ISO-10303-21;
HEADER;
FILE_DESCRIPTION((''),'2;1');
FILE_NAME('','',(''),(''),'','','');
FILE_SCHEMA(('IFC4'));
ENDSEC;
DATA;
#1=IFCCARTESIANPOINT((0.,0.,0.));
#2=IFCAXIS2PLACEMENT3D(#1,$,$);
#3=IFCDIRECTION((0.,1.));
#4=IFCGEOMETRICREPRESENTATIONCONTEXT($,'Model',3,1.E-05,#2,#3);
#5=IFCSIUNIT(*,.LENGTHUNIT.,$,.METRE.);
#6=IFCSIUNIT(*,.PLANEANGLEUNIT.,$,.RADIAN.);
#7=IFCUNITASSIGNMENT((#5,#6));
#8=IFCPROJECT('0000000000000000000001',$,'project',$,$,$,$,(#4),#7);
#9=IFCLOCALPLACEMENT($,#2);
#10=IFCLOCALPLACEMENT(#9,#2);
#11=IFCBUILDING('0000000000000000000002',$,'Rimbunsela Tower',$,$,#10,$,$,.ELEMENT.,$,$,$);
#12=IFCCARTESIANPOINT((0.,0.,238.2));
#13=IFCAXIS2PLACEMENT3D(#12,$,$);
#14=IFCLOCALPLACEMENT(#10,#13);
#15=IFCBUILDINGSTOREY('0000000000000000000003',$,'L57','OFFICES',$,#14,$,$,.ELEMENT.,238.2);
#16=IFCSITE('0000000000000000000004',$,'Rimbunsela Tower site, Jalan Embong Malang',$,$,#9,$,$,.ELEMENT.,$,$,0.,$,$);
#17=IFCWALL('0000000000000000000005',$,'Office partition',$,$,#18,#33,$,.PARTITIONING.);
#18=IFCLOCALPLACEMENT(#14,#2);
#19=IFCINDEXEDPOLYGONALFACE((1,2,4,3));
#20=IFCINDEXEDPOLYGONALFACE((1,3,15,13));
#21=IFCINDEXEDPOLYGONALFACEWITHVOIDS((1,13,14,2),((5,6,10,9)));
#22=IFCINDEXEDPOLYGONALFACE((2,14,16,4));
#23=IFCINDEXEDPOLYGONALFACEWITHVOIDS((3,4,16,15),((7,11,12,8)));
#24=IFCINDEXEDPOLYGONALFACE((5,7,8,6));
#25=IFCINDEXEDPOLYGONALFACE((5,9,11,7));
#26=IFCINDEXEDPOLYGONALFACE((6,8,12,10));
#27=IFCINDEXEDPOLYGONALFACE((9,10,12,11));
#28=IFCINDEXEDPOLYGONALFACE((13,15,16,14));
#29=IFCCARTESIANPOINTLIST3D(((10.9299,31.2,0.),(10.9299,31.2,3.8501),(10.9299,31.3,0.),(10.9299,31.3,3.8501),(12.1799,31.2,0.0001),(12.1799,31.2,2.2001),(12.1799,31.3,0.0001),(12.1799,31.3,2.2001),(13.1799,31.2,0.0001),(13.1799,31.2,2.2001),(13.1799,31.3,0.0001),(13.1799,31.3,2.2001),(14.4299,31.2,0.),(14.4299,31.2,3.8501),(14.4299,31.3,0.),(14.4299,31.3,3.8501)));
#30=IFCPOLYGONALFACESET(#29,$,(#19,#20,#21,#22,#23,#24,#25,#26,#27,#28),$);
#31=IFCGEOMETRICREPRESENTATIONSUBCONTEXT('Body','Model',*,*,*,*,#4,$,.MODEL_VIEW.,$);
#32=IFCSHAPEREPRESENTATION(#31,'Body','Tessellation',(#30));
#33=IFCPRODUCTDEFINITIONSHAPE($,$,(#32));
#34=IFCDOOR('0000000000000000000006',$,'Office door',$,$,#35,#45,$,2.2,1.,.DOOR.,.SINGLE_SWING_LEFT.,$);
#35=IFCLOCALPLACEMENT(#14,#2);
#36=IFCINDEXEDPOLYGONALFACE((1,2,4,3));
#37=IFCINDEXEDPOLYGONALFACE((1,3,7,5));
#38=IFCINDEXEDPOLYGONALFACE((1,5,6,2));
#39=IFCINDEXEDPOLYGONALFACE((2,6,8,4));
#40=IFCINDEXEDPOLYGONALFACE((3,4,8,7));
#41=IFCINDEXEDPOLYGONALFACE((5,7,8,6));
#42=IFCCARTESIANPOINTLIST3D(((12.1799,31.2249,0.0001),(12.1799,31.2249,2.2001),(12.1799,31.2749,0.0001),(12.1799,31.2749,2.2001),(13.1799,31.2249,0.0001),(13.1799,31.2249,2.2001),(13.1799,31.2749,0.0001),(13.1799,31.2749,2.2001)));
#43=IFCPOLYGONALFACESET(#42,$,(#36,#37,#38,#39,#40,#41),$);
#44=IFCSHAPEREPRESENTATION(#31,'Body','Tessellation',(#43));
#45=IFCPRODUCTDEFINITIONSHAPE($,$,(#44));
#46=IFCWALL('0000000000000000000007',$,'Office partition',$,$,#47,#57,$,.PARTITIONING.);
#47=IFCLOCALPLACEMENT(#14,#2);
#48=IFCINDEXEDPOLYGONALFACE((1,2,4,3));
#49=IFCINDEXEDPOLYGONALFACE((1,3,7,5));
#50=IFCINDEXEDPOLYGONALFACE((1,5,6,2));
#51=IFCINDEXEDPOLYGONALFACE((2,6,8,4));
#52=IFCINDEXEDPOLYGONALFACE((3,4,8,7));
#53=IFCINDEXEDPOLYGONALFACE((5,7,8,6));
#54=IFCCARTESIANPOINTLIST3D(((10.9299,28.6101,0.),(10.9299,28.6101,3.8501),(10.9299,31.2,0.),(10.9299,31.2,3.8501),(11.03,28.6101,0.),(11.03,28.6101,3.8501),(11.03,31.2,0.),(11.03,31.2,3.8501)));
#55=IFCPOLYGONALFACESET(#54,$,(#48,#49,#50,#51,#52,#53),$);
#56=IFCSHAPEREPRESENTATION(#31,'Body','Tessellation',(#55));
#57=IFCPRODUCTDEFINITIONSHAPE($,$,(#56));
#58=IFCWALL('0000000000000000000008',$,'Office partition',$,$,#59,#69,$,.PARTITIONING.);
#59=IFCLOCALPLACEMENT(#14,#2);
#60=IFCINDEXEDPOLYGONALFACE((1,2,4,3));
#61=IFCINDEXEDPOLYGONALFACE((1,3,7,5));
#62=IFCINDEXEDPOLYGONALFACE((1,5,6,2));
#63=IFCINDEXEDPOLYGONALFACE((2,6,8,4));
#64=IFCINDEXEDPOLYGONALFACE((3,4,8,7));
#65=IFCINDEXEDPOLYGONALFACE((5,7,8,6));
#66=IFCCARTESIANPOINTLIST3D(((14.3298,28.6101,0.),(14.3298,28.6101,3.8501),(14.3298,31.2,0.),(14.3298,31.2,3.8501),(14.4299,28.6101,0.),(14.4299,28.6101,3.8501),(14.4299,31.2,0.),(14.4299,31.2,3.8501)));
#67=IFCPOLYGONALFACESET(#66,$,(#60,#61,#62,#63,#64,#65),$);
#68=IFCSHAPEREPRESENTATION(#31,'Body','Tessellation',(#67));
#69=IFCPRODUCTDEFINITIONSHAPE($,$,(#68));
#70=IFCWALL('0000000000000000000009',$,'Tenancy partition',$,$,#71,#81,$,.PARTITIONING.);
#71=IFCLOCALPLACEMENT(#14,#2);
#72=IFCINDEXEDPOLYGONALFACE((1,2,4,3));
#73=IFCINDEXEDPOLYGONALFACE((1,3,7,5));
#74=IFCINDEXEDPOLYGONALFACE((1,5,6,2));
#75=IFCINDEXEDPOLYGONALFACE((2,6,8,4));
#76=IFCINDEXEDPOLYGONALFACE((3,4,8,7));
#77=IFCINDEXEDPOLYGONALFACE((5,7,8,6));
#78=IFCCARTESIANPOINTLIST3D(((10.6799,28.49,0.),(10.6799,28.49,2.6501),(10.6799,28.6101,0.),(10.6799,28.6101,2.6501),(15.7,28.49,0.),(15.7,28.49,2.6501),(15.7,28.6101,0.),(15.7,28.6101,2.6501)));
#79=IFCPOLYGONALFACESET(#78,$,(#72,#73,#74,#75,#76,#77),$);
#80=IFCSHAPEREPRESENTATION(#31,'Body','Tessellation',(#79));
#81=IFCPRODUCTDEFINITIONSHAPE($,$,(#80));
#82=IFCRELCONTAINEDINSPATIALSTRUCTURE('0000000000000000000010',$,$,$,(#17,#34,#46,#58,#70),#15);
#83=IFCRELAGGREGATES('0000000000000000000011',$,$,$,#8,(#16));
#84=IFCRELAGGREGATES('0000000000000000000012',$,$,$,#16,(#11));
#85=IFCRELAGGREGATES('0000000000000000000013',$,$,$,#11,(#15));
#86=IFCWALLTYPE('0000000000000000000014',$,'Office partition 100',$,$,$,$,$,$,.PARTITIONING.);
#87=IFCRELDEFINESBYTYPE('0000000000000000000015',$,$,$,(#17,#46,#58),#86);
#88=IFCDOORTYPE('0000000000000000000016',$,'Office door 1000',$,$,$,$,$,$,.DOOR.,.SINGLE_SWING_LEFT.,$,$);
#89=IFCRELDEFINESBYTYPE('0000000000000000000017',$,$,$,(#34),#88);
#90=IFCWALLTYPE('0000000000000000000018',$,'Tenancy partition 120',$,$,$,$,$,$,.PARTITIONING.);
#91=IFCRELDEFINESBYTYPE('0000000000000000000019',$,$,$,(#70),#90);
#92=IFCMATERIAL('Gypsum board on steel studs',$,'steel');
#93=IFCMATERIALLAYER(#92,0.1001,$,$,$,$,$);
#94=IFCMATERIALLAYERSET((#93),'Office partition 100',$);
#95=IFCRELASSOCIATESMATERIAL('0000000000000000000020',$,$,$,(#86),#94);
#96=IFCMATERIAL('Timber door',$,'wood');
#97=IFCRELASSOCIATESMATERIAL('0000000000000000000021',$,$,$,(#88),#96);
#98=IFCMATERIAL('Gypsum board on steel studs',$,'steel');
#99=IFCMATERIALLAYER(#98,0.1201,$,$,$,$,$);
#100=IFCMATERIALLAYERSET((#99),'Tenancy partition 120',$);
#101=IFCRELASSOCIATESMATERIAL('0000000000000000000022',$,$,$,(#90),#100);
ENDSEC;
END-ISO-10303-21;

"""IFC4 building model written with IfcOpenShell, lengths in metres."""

from ifc_helpers import new_model, si_unit, direction, frame, frame_2d, origin, place, context, subcontext, project, spatial, rectangle, extrude, material, layer, layer_set, type_object, element, fill, save


model = new_model("IFC4")

# Units and contexts
model_context = context("Model", 3, precision=1e-05, world=origin(), true_north=direction((0.0, 1.0)))
body_context = subcontext(model_context, "Body", "Model", "MODEL_VIEW")
ifc_project = project(units=[si_unit("LENGTHUNIT", "METRE"), si_unit("PLANEANGLEUNIT", "RADIAN")], contexts=[model_context])

# Site, building, storey
site_placement = place(None, origin())
site = spatial("IfcSite", under=ifc_project, at=site_placement, Name="Rimbunsela Tower site, Jalan Embong Malang", CompositionType="ELEMENT", RefElevation=0.0)
building_placement = place(site_placement, origin())
building = spatial("IfcBuilding", under=site, at=building_placement, Name="Rimbunsela Tower", CompositionType="ELEMENT")
storey_placement = place(building_placement, frame((0.0, 0.0, 238.2)))
storey = spatial("IfcBuildingStorey", under=building, at=storey_placement, Name="L57", Description="OFFICES", CompositionType="ELEMENT", Elevation=238.2)

# Wall, opening, door
ifc_material_1 = material(Name="Gypsum board on steel studs", Category="steel")
ifc_layer_1 = layer(ifc_material_1, 0.1001)
ifc_layer_set_1 = layer_set([ifc_layer_1], Name="Office partition 100")
wall_type_1 = type_object("IfcWallType", Name="Office partition 100", PredefinedType="PARTITIONING", material=ifc_layer_set_1)
wall_1_placement = place(storey_placement, frame((10.9299, 31.25, 0.0), z_axis=(0.0, 0.0, 1.0), x_axis=(1.0, 0.0, 0.0)))
wall_1 = element("IfcWall", 1, at=wall_1_placement, inside=storey, type_object=wall_type_1, Name="Office partition", PredefinedType="PARTITIONING", context=body_context, shape_type="SweptSolid", body=[
    extrude(rectangle(XDim=3.5, YDim=0.1001, at=frame_2d((1.75, 0.0))), origin(), (0.0, 0.0, 1.0), 3.8501),
])
opening_1_placement = place(wall_1_placement, frame((1.25, 0.0, 0.0)))
opening_1 = element("IfcOpeningElement", 2, at=opening_1_placement, cuts=wall_1, PredefinedType="OPENING", context=body_context, shape_type="SweptSolid", body=[
    extrude(rectangle(XDim=1.0, YDim=2.2, at=frame_2d((0.5, 1.1001))), frame((0.0, 0.0601, 0.0), z_axis=(0.0, -1.0, 0.0), x_axis=(1.0, 0.0, 0.0)), (0.0, 0.0, 1.0), 0.1201),
])
ifc_material_2 = material(Name="Timber door", Category="wood")
door_type_1 = type_object("IfcDoorType", Name="Office door 1000", OperationType="SINGLE_SWING_LEFT", PredefinedType="DOOR", material=ifc_material_2)
door_1_placement = place(opening_1_placement, origin())
door_1 = element("IfcDoor", 3, at=door_1_placement, inside=storey, type_object=door_type_1, Name="Office door", OperationType="SINGLE_SWING_LEFT", OverallHeight=2.2, OverallWidth=1.0, PredefinedType="DOOR", context=body_context, shape_type="SweptSolid", body=[
    extrude(rectangle(XDim=1.0, YDim=2.2, at=frame_2d((0.5, 1.1001))), frame((0.0, 0.0249, 0.0), z_axis=(0.0, -1.0, 0.0), x_axis=(1.0, 0.0, 0.0)), (0.0, 0.0, 1.0), 0.05),
])
fill(opening_1, door_1)

# Walls
for number, where, z_axis, x_axis, name in (
    (4, (10.98, 28.6101, 0.0), (0.0, 0.0, 1.0), (0.0, 1.0, 0.0), "Office partition"),
    (5, (14.3799, 28.6101, 0.0), (0.0, 0.0, 1.0), (0.0, 1.0, 0.0), "Office partition"),
):
    element("IfcWall", number, at=place(storey_placement, frame(where, z_axis=z_axis, x_axis=x_axis)), inside=storey, type_object=wall_type_1, Name=name, PredefinedType="PARTITIONING", context=body_context, shape_type="SweptSolid", body=[
        extrude(rectangle(XDim=2.5898, YDim=0.1001, at=frame_2d((1.2949, 0.0))), origin(), (0.0, 0.0, 1.0), 3.8501),
    ])
ifc_material_3 = material(Name="Gypsum board on steel studs", Category="steel")
ifc_layer_2 = layer(ifc_material_3, 0.1201)
ifc_layer_set_2 = layer_set([ifc_layer_2], Name="Tenancy partition 120")
wall_type_2 = type_object("IfcWallType", Name="Tenancy partition 120", PredefinedType="PARTITIONING", material=ifc_layer_set_2)
wall_2_placement = place(storey_placement, frame((10.6799, 28.55, 0.0), z_axis=(0.0, 0.0, 1.0), x_axis=(1.0, 0.0, 0.0)))
element("IfcWall", 6, at=wall_2_placement, inside=storey, type_object=wall_type_2, Name="Tenancy partition", PredefinedType="PARTITIONING", context=body_context, shape_type="SweptSolid", body=[
    extrude(rectangle(XDim=5.02, YDim=0.1201, at=frame_2d((2.51, 0.0))), origin(), (0.0, 0.0, 1.0), 2.6501),
])

save(model, "model.ifc")
